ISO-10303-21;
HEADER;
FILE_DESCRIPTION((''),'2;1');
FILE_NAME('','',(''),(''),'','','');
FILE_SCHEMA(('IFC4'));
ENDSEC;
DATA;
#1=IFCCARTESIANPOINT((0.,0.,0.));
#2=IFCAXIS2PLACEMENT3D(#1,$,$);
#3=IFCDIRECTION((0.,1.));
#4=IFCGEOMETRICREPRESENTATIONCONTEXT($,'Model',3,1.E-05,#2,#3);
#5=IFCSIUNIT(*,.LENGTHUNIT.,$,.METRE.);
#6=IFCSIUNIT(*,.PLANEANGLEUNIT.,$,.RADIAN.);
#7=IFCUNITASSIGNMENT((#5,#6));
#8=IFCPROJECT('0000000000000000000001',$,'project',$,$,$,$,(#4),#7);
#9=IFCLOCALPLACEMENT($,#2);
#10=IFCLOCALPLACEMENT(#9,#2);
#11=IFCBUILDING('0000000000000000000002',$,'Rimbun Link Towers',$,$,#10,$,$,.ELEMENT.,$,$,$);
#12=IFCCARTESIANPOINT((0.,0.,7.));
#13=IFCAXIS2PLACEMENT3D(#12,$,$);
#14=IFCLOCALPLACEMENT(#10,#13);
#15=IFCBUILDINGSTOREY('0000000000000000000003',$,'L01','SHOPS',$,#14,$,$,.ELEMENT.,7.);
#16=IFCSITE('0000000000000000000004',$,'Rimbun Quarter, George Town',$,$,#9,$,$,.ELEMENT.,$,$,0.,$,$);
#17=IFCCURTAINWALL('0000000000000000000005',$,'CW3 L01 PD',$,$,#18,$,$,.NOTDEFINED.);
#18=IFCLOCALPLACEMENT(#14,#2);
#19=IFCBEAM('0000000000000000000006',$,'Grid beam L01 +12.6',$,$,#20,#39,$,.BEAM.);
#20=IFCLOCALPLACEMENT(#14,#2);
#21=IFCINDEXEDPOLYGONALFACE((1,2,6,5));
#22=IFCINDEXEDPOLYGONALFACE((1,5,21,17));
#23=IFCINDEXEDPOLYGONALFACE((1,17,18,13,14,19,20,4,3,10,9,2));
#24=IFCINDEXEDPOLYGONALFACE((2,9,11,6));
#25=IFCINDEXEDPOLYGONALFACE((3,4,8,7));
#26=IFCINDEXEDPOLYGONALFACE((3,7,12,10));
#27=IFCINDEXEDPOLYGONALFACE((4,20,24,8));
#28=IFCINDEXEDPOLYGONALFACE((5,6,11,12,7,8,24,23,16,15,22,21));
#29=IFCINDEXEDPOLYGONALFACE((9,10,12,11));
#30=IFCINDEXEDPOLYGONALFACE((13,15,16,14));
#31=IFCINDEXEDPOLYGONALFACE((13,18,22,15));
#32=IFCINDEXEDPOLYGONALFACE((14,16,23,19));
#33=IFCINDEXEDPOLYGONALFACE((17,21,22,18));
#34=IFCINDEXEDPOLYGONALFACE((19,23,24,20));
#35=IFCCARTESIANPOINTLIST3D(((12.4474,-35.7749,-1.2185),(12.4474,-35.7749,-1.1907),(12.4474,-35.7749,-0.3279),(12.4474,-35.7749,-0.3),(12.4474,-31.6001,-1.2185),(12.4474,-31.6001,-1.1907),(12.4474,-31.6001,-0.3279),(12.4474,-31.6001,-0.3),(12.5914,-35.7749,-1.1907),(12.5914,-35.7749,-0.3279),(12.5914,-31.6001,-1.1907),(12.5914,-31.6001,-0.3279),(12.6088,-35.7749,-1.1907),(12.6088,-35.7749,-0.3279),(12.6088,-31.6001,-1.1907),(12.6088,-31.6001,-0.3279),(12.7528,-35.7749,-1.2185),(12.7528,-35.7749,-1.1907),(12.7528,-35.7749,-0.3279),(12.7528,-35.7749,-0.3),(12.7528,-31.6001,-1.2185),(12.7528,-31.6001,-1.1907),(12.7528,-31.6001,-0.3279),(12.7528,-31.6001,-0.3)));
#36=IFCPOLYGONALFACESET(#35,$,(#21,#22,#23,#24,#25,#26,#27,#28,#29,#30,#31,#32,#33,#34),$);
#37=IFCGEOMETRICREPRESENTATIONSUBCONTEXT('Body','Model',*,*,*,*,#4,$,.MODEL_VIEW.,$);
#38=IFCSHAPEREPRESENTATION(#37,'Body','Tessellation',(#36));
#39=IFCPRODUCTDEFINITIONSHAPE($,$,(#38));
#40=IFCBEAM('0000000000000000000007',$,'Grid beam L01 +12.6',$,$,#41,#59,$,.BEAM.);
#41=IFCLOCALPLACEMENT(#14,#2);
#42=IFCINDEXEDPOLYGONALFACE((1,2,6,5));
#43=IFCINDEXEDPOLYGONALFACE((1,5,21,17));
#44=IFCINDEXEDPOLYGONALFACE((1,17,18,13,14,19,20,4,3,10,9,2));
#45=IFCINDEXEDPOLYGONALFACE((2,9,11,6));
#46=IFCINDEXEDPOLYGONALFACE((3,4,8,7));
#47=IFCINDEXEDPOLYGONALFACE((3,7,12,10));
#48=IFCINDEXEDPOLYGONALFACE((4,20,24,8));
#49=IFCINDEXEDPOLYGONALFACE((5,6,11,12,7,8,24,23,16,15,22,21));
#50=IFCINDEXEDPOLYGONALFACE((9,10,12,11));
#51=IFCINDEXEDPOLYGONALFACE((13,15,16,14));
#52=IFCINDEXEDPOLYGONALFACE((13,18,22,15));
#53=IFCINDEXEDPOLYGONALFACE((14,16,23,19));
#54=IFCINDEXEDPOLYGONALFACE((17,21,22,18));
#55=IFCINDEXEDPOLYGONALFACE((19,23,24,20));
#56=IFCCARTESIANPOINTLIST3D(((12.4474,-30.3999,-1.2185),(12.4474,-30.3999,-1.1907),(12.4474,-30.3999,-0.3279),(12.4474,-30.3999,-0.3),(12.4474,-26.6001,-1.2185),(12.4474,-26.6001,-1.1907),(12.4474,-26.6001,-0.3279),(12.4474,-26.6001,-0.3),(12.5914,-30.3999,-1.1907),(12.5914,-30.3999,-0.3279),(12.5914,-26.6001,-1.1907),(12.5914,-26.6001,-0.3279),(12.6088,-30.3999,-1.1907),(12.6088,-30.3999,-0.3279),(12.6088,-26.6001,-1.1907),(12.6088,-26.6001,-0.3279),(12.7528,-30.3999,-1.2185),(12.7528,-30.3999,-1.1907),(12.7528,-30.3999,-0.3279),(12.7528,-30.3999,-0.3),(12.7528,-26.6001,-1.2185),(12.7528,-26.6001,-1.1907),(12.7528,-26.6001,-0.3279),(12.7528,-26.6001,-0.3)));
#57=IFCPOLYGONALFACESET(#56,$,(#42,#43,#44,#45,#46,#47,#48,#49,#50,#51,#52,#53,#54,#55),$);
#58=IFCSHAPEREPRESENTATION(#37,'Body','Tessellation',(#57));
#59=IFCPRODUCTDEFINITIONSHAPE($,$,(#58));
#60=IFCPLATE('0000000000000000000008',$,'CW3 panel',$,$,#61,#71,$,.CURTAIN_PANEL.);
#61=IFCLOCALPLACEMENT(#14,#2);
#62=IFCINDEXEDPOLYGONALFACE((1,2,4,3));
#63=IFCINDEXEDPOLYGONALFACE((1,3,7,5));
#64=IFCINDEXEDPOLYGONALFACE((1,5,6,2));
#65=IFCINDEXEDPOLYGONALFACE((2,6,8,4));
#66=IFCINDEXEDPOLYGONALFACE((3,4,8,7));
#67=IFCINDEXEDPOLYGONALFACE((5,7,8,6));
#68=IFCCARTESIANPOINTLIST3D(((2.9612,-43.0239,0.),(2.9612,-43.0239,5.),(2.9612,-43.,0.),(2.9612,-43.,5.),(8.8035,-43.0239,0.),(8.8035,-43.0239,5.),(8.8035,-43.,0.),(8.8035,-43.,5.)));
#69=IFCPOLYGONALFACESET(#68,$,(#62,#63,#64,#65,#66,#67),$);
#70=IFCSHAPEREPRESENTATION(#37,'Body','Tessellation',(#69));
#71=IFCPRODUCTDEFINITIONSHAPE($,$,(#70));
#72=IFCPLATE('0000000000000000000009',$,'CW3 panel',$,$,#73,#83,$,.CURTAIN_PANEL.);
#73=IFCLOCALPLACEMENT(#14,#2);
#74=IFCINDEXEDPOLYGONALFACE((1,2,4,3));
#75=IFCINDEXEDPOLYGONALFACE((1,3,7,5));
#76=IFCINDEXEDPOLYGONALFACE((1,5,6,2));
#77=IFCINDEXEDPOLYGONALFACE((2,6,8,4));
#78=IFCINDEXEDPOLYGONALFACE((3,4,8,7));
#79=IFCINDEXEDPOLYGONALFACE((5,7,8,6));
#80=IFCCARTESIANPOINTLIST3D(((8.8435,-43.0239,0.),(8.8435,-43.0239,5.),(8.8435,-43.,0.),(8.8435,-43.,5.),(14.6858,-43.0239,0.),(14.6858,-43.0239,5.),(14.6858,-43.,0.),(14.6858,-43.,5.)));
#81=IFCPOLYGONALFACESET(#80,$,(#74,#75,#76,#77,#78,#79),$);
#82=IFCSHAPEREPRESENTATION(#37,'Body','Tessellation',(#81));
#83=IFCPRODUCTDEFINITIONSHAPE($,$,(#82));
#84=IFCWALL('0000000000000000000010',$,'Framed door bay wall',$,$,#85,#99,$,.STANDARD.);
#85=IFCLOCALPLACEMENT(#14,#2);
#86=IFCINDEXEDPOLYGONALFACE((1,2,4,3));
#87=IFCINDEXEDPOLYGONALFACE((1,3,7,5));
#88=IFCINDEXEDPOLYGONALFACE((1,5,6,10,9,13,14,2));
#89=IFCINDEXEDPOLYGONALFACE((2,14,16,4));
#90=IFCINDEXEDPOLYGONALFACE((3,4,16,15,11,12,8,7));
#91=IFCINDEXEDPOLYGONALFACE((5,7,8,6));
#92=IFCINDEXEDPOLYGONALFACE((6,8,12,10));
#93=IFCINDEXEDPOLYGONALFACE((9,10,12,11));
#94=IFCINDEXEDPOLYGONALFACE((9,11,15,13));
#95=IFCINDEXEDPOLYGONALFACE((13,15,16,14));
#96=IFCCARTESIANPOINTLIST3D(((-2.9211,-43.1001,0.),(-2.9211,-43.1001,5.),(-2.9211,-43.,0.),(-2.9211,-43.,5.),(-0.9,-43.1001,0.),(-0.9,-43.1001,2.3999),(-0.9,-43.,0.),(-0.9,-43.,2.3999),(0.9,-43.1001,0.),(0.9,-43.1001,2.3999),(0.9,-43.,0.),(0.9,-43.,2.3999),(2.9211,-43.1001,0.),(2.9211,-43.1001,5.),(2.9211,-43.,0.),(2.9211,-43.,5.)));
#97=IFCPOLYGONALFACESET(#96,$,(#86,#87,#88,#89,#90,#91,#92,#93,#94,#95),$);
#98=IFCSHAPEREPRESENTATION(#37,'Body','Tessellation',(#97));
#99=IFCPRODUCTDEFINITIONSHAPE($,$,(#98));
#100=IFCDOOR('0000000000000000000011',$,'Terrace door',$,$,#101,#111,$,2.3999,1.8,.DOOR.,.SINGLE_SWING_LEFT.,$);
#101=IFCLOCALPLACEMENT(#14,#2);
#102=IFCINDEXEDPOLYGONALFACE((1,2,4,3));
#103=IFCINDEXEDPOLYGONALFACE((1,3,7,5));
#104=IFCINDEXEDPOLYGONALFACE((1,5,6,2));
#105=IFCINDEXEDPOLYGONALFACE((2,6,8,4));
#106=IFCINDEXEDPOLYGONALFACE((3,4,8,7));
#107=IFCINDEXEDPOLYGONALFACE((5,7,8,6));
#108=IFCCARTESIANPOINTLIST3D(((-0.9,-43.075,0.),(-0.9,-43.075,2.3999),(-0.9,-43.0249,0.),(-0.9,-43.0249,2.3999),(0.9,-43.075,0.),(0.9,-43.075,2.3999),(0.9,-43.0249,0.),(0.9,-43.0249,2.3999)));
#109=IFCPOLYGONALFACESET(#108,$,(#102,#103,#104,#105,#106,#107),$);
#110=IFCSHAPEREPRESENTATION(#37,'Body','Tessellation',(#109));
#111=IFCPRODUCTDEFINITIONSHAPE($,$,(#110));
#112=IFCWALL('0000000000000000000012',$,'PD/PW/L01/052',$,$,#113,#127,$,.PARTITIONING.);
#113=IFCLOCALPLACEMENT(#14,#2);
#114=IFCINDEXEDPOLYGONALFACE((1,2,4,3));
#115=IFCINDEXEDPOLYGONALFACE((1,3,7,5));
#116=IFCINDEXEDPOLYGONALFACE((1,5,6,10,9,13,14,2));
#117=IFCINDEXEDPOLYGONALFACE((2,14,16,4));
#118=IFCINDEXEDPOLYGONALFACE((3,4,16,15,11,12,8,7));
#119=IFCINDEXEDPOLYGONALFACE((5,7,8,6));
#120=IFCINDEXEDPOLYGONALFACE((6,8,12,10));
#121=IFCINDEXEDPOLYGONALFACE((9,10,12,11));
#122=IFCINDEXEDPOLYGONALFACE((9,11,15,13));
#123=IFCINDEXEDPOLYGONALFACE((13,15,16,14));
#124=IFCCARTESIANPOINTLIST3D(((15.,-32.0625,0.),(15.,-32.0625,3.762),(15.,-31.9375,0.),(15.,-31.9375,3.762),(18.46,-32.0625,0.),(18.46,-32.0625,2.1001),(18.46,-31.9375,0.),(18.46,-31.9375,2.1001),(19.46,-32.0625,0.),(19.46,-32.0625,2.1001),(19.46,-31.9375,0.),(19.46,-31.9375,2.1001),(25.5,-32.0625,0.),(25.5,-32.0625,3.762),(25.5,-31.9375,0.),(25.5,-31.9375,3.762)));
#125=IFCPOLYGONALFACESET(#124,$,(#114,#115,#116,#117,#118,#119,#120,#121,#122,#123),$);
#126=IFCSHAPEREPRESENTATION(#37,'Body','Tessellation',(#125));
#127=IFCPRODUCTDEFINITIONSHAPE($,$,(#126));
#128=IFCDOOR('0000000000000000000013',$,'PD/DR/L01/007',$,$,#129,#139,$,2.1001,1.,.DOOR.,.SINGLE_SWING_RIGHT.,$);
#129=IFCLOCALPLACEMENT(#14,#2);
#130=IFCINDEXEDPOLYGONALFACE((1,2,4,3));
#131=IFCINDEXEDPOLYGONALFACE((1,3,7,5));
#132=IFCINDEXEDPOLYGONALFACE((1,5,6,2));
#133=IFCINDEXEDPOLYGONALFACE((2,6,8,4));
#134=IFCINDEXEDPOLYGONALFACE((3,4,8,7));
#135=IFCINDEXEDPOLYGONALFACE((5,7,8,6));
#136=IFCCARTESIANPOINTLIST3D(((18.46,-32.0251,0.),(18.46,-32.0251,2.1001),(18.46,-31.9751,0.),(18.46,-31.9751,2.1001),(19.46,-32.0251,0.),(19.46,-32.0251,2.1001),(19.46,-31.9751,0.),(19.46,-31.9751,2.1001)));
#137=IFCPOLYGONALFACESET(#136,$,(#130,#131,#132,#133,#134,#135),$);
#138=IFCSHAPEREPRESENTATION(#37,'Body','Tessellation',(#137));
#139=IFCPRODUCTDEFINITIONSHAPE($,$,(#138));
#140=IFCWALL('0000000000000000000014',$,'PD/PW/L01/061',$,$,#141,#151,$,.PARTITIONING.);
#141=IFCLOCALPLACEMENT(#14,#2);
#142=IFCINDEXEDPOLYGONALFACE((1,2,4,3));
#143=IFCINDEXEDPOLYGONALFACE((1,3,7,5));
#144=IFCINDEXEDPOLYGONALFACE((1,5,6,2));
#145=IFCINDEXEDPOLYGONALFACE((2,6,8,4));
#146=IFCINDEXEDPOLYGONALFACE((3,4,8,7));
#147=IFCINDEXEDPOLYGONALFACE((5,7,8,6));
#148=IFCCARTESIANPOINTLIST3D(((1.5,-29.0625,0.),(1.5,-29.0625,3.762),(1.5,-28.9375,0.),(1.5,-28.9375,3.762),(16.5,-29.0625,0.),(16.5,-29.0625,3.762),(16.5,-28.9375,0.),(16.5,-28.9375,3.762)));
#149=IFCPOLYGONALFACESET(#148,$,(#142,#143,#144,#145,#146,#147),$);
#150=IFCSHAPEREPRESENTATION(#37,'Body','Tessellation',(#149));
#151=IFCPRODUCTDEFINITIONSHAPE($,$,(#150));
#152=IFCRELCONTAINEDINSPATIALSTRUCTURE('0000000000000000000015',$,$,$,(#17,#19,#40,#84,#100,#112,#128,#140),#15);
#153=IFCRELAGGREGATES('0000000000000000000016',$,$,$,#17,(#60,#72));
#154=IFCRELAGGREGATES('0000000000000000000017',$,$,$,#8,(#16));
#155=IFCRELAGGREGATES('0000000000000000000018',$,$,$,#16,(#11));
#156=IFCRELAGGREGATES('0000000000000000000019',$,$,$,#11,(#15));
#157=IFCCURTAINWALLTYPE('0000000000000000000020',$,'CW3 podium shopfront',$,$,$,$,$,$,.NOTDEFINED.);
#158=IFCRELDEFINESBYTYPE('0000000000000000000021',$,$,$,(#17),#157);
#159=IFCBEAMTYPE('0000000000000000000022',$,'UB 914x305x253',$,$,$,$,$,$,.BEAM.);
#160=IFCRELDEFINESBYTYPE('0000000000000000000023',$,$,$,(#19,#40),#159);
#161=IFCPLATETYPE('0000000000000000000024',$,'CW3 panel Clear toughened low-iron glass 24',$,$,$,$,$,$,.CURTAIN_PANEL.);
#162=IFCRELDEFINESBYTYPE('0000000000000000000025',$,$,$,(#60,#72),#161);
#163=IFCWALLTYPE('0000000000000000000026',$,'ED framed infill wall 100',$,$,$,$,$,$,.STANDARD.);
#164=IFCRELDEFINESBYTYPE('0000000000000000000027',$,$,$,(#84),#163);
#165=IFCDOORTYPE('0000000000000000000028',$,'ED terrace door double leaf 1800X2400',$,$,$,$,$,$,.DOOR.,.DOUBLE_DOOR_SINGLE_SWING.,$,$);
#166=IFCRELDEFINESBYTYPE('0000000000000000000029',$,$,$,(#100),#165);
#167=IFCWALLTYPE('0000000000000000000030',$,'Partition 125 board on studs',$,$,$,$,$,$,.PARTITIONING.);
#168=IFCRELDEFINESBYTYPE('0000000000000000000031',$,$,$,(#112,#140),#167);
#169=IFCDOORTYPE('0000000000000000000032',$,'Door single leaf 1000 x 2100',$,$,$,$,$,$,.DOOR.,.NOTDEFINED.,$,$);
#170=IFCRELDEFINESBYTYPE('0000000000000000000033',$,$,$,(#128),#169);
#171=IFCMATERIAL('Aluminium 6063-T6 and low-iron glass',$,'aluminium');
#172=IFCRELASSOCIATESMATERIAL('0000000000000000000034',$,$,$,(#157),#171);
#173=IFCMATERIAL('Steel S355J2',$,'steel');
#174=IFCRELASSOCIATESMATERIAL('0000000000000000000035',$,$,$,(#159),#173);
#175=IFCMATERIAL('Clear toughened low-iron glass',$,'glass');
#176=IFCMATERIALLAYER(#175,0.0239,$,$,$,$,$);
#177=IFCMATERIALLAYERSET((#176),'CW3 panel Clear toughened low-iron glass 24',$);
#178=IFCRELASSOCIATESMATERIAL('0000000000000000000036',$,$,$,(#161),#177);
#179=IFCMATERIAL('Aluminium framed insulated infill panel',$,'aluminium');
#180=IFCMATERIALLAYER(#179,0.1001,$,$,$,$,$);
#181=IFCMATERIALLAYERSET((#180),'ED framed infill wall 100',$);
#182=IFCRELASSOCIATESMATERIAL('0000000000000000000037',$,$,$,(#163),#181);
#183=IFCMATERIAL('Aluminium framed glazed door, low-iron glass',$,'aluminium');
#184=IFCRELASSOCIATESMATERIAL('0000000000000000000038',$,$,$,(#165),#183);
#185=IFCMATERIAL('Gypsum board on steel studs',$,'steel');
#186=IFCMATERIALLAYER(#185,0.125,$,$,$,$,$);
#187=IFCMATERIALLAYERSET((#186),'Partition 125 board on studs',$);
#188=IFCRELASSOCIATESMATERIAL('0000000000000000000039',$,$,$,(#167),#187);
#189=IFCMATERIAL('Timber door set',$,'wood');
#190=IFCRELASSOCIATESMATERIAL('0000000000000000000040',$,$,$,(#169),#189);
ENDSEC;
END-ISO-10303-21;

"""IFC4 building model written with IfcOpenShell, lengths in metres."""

from ifc_helpers import new_model, si_unit, direction, frame, frame_2d, origin, origin_2d, place, context, subcontext, project, spatial, rectangle, i_section, extrude, material, layer, layer_set, material_profile, profile_set, type_object, element, fill, aggregate, save


model = new_model("IFC4")

# Units and contexts
model_context = context("Model", 3, precision=1e-05, world=origin(), true_north=direction((0.0, 1.0)))
body_context = subcontext(model_context, "Body", "Model", "MODEL_VIEW")
ifc_project = project(units=[si_unit("LENGTHUNIT", "METRE"), si_unit("PLANEANGLEUNIT", "RADIAN")], contexts=[model_context])

# Site, building, storey
site_placement = place(None, origin())
site = spatial("IfcSite", under=ifc_project, at=site_placement, Name="Rimbun Quarter, George Town", CompositionType="ELEMENT", RefElevation=0.0)
building_placement = place(site_placement, origin())
building = spatial("IfcBuilding", under=site, at=building_placement, Name="Rimbun Link Towers", CompositionType="ELEMENT")
storey_placement = place(building_placement, frame((0.0, 0.0, 7.0)))
storey = spatial("IfcBuildingStorey", under=building, at=storey_placement, Name="L01", Description="SHOPS", CompositionType="ELEMENT", Elevation=7.0)

# Curtain wall
ifc_material_1 = material(Name="Aluminium 6063-T6 and low-iron glass", Category="aluminium")
curtain_wall_type = type_object("IfcCurtainWallType", Name="CW3 podium shopfront", PredefinedType="NOTDEFINED", material=ifc_material_1)
curtain_wall_placement = place(storey_placement, origin())
curtain_wall = element("IfcCurtainWall", 1, at=curtain_wall_placement, inside=storey, type_object=curtain_wall_type, Name="CW3 L01 PD", PredefinedType="NOTDEFINED")

# Beams
ifc_material_2 = material(Name="Steel S355J2", Category="steel")
ifc_material_profile_1 = material_profile(ifc_material_2, i_section(OverallWidth=0.3054, OverallDepth=0.9185, WebThickness=0.0173, FlangeThickness=0.0278, at=origin_2d()), Name="UB 914x305x253")
ifc_profile_set_1 = profile_set([ifc_material_profile_1], Name="Steel S355J2")
beam_type_1 = type_object("IfcBeamType", Name="UB 914x305x253", PredefinedType="BEAM", material=ifc_profile_set_1)
beam_1_placement = place(storey_placement, frame((12.6001, -35.7749, -0.7593), z_axis=(0.0, 1.0, 0.0), x_axis=(-1.0, 0.0, 0.0)))
element("IfcBeam", 2, at=beam_1_placement, inside=storey, type_object=beam_type_1, Name="Grid beam L01 +12.6", PredefinedType="BEAM", context=body_context, shape_type="SweptSolid", body=[
    extrude(i_section(OverallWidth=0.3054, OverallDepth=0.9185, WebThickness=0.0173, FlangeThickness=0.0278, at=origin_2d()), origin(), (0.0, 0.0, 1.0), 4.1748),
])
beam_2_placement = place(storey_placement, frame((12.6001, -30.3999, -0.7593), z_axis=(0.0, 1.0, 0.0), x_axis=(-1.0, 0.0, 0.0)))
element("IfcBeam", 3, at=beam_2_placement, inside=storey, type_object=beam_type_1, Name="Grid beam L01 +12.6", PredefinedType="BEAM", context=body_context, shape_type="SweptSolid", body=[
    extrude(i_section(OverallWidth=0.3054, OverallDepth=0.9185, WebThickness=0.0173, FlangeThickness=0.0278, at=origin_2d()), origin(), (0.0, 0.0, 1.0), 3.7998),
])

# Plates
ifc_material_3 = material(Name="Clear toughened low-iron glass", Category="glass")
ifc_layer_1 = layer(ifc_material_3, 0.0239)
ifc_layer_set_1 = layer_set([ifc_layer_1], Name="CW3 panel Clear toughened low-iron glass 24")
plate_type = type_object("IfcPlateType", Name="CW3 panel Clear toughened low-iron glass 24", PredefinedType="CURTAIN_PANEL", material=ifc_layer_set_1)
plate_1_placement = place(storey_placement, frame((5.8823, -43.012, 0.0), z_axis=(0.0, 0.0, 1.0), x_axis=(-1.0, 0.0, 0.0)))
plate_1 = element("IfcPlate", 4, at=plate_1_placement, type_object=plate_type, Name="CW3 panel", PredefinedType="CURTAIN_PANEL", context=body_context, shape_type="SweptSolid", body=[
    extrude(rectangle(XDim=5.8423, YDim=0.0239, at=origin_2d()), origin(), (0.0, 0.0, 1.0), 5.0),
])
plate_2_placement = place(storey_placement, frame((11.7646, -43.012, 0.0), z_axis=(0.0, 0.0, 1.0), x_axis=(-1.0, 0.0, 0.0)))
plate_2 = element("IfcPlate", 5, at=plate_2_placement, type_object=plate_type, Name="CW3 panel", PredefinedType="CURTAIN_PANEL", context=body_context, shape_type="SweptSolid", body=[
    extrude(rectangle(XDim=5.8423, YDim=0.0239, at=origin_2d()), origin(), (0.0, 0.0, 1.0), 5.0),
])
aggregate(curtain_wall, [plate_1, plate_2])

# Walls, openings, doors
ifc_material_4 = material(Name="Aluminium framed insulated infill panel", Category="aluminium")
ifc_layer_2 = layer(ifc_material_4, 0.1001)
ifc_layer_set_2 = layer_set([ifc_layer_2], Name="ED framed infill wall 100")
wall_type_1 = type_object("IfcWallType", Name="ED framed infill wall 100", PredefinedType="STANDARD", material=ifc_layer_set_2)
wall_1_placement = place(storey_placement, frame((2.9211, -43.05, 0.0), z_axis=(0.0, 0.0, 1.0), x_axis=(-1.0, 0.0, 0.0)))
wall_1 = element("IfcWall", 6, at=wall_1_placement, inside=storey, type_object=wall_type_1, Name="Framed door bay wall", PredefinedType="STANDARD", context=body_context, shape_type="SweptSolid", body=[
    extrude(rectangle(XDim=5.8423, YDim=0.1001, at=frame_2d((2.9211, 0.0))), origin(), (0.0, 0.0, 1.0), 5.0),
])
opening_1_placement = place(wall_1_placement, frame((2.0212, 0.0, 0.0)))
opening_1 = element("IfcOpeningElement", 7, at=opening_1_placement, cuts=wall_1, PredefinedType="OPENING", context=body_context, shape_type="SweptSolid", body=[
    extrude(rectangle(XDim=1.8, YDim=2.3999, at=frame_2d((0.8999, 1.2))), frame((0.0, 0.0601, 0.0), z_axis=(0.0, -1.0, 0.0), x_axis=(1.0, 0.0, 0.0)), (0.0, 0.0, 1.0), 0.1201),
])
ifc_material_5 = material(Name="Aluminium framed glazed door, low-iron glass", Category="aluminium")
door_type_1 = type_object("IfcDoorType", Name="ED terrace door double leaf 1800X2400", OperationType="DOUBLE_DOOR_SINGLE_SWING", PredefinedType="DOOR", material=ifc_material_5)
door_1_placement = place(opening_1_placement, origin())
door_1 = element("IfcDoor", 8, at=door_1_placement, inside=storey, type_object=door_type_1, Name="Terrace door", OperationType="SINGLE_SWING_LEFT", OverallHeight=2.3999, OverallWidth=1.8, PredefinedType="DOOR", context=body_context, shape_type="SweptSolid", body=[
    extrude(rectangle(XDim=1.8, YDim=2.3999, at=frame_2d((0.8999, 1.2))), frame((0.0, 0.0249, 0.0), z_axis=(0.0, -1.0, 0.0), x_axis=(1.0, 0.0, 0.0)), (0.0, 0.0, 1.0), 0.05),
])
fill(opening_1, door_1)
ifc_material_6 = material(Name="Gypsum board on steel studs", Category="steel")
ifc_layer_3 = layer(ifc_material_6, 0.125)
ifc_layer_set_3 = layer_set([ifc_layer_3], Name="Partition 125 board on studs")
wall_type_2 = type_object("IfcWallType", Name="Partition 125 board on studs", PredefinedType="PARTITIONING", material=ifc_layer_set_3)
wall_2_placement = place(storey_placement, frame((15.0, -32.0, 0.0), z_axis=(0.0, 0.0, 1.0), x_axis=(1.0, 0.0, 0.0)))
wall_2 = element("IfcWall", 9, at=wall_2_placement, inside=storey, type_object=wall_type_2, Name="PD/PW/L01/052", PredefinedType="PARTITIONING", context=body_context, shape_type="SweptSolid", body=[
    extrude(rectangle(XDim=10.5, YDim=0.125, at=frame_2d((5.25, 0.0))), origin(), (0.0, 0.0, 1.0), 3.762),
])
opening_2_placement = place(wall_2_placement, frame((3.46, 0.0, 0.0)))
opening_2 = element("IfcOpeningElement", 10, at=opening_2_placement, cuts=wall_2, PredefinedType="OPENING", context=body_context, shape_type="SweptSolid", body=[
    extrude(rectangle(XDim=1.0, YDim=2.1001, at=frame_2d((0.5, 1.05))), frame((0.0, 0.0725, 0.0), z_axis=(0.0, -1.0, 0.0), x_axis=(1.0, 0.0, 0.0)), (0.0, 0.0, 1.0), 0.145),
])
ifc_material_7 = material(Name="Timber door set", Category="wood")
door_type_2 = type_object("IfcDoorType", Name="Door single leaf 1000 x 2100", OperationType="NOTDEFINED", PredefinedType="DOOR", material=ifc_material_7)
door_2_placement = place(opening_2_placement, origin())
door_2 = element("IfcDoor", 11, at=door_2_placement, inside=storey, type_object=door_type_2, Name="PD/DR/L01/007", OperationType="SINGLE_SWING_RIGHT", OverallHeight=2.1001, OverallWidth=1.0, PredefinedType="DOOR", context=body_context, shape_type="SweptSolid", body=[
    extrude(rectangle(XDim=1.0, YDim=2.1001, at=frame_2d((0.5, 1.05))), frame((0.0, 0.0249, 0.0), z_axis=(0.0, -1.0, 0.0), x_axis=(1.0, 0.0, 0.0)), (0.0, 0.0, 1.0), 0.05),
])
fill(opening_2, door_2)

# Wall
wall_3_placement = place(storey_placement, frame((16.5, -29.0, 0.0), z_axis=(0.0, 0.0, 1.0), x_axis=(-1.0, 0.0, 0.0)))
element("IfcWall", 12, at=wall_3_placement, inside=storey, type_object=wall_type_2, Name="PD/PW/L01/061", PredefinedType="PARTITIONING", context=body_context, shape_type="SweptSolid", body=[
    extrude(rectangle(XDim=15.0, YDim=0.125, at=frame_2d((7.5, 0.0))), origin(), (0.0, 0.0, 1.0), 3.762),
])

save(model, "model.ifc")
